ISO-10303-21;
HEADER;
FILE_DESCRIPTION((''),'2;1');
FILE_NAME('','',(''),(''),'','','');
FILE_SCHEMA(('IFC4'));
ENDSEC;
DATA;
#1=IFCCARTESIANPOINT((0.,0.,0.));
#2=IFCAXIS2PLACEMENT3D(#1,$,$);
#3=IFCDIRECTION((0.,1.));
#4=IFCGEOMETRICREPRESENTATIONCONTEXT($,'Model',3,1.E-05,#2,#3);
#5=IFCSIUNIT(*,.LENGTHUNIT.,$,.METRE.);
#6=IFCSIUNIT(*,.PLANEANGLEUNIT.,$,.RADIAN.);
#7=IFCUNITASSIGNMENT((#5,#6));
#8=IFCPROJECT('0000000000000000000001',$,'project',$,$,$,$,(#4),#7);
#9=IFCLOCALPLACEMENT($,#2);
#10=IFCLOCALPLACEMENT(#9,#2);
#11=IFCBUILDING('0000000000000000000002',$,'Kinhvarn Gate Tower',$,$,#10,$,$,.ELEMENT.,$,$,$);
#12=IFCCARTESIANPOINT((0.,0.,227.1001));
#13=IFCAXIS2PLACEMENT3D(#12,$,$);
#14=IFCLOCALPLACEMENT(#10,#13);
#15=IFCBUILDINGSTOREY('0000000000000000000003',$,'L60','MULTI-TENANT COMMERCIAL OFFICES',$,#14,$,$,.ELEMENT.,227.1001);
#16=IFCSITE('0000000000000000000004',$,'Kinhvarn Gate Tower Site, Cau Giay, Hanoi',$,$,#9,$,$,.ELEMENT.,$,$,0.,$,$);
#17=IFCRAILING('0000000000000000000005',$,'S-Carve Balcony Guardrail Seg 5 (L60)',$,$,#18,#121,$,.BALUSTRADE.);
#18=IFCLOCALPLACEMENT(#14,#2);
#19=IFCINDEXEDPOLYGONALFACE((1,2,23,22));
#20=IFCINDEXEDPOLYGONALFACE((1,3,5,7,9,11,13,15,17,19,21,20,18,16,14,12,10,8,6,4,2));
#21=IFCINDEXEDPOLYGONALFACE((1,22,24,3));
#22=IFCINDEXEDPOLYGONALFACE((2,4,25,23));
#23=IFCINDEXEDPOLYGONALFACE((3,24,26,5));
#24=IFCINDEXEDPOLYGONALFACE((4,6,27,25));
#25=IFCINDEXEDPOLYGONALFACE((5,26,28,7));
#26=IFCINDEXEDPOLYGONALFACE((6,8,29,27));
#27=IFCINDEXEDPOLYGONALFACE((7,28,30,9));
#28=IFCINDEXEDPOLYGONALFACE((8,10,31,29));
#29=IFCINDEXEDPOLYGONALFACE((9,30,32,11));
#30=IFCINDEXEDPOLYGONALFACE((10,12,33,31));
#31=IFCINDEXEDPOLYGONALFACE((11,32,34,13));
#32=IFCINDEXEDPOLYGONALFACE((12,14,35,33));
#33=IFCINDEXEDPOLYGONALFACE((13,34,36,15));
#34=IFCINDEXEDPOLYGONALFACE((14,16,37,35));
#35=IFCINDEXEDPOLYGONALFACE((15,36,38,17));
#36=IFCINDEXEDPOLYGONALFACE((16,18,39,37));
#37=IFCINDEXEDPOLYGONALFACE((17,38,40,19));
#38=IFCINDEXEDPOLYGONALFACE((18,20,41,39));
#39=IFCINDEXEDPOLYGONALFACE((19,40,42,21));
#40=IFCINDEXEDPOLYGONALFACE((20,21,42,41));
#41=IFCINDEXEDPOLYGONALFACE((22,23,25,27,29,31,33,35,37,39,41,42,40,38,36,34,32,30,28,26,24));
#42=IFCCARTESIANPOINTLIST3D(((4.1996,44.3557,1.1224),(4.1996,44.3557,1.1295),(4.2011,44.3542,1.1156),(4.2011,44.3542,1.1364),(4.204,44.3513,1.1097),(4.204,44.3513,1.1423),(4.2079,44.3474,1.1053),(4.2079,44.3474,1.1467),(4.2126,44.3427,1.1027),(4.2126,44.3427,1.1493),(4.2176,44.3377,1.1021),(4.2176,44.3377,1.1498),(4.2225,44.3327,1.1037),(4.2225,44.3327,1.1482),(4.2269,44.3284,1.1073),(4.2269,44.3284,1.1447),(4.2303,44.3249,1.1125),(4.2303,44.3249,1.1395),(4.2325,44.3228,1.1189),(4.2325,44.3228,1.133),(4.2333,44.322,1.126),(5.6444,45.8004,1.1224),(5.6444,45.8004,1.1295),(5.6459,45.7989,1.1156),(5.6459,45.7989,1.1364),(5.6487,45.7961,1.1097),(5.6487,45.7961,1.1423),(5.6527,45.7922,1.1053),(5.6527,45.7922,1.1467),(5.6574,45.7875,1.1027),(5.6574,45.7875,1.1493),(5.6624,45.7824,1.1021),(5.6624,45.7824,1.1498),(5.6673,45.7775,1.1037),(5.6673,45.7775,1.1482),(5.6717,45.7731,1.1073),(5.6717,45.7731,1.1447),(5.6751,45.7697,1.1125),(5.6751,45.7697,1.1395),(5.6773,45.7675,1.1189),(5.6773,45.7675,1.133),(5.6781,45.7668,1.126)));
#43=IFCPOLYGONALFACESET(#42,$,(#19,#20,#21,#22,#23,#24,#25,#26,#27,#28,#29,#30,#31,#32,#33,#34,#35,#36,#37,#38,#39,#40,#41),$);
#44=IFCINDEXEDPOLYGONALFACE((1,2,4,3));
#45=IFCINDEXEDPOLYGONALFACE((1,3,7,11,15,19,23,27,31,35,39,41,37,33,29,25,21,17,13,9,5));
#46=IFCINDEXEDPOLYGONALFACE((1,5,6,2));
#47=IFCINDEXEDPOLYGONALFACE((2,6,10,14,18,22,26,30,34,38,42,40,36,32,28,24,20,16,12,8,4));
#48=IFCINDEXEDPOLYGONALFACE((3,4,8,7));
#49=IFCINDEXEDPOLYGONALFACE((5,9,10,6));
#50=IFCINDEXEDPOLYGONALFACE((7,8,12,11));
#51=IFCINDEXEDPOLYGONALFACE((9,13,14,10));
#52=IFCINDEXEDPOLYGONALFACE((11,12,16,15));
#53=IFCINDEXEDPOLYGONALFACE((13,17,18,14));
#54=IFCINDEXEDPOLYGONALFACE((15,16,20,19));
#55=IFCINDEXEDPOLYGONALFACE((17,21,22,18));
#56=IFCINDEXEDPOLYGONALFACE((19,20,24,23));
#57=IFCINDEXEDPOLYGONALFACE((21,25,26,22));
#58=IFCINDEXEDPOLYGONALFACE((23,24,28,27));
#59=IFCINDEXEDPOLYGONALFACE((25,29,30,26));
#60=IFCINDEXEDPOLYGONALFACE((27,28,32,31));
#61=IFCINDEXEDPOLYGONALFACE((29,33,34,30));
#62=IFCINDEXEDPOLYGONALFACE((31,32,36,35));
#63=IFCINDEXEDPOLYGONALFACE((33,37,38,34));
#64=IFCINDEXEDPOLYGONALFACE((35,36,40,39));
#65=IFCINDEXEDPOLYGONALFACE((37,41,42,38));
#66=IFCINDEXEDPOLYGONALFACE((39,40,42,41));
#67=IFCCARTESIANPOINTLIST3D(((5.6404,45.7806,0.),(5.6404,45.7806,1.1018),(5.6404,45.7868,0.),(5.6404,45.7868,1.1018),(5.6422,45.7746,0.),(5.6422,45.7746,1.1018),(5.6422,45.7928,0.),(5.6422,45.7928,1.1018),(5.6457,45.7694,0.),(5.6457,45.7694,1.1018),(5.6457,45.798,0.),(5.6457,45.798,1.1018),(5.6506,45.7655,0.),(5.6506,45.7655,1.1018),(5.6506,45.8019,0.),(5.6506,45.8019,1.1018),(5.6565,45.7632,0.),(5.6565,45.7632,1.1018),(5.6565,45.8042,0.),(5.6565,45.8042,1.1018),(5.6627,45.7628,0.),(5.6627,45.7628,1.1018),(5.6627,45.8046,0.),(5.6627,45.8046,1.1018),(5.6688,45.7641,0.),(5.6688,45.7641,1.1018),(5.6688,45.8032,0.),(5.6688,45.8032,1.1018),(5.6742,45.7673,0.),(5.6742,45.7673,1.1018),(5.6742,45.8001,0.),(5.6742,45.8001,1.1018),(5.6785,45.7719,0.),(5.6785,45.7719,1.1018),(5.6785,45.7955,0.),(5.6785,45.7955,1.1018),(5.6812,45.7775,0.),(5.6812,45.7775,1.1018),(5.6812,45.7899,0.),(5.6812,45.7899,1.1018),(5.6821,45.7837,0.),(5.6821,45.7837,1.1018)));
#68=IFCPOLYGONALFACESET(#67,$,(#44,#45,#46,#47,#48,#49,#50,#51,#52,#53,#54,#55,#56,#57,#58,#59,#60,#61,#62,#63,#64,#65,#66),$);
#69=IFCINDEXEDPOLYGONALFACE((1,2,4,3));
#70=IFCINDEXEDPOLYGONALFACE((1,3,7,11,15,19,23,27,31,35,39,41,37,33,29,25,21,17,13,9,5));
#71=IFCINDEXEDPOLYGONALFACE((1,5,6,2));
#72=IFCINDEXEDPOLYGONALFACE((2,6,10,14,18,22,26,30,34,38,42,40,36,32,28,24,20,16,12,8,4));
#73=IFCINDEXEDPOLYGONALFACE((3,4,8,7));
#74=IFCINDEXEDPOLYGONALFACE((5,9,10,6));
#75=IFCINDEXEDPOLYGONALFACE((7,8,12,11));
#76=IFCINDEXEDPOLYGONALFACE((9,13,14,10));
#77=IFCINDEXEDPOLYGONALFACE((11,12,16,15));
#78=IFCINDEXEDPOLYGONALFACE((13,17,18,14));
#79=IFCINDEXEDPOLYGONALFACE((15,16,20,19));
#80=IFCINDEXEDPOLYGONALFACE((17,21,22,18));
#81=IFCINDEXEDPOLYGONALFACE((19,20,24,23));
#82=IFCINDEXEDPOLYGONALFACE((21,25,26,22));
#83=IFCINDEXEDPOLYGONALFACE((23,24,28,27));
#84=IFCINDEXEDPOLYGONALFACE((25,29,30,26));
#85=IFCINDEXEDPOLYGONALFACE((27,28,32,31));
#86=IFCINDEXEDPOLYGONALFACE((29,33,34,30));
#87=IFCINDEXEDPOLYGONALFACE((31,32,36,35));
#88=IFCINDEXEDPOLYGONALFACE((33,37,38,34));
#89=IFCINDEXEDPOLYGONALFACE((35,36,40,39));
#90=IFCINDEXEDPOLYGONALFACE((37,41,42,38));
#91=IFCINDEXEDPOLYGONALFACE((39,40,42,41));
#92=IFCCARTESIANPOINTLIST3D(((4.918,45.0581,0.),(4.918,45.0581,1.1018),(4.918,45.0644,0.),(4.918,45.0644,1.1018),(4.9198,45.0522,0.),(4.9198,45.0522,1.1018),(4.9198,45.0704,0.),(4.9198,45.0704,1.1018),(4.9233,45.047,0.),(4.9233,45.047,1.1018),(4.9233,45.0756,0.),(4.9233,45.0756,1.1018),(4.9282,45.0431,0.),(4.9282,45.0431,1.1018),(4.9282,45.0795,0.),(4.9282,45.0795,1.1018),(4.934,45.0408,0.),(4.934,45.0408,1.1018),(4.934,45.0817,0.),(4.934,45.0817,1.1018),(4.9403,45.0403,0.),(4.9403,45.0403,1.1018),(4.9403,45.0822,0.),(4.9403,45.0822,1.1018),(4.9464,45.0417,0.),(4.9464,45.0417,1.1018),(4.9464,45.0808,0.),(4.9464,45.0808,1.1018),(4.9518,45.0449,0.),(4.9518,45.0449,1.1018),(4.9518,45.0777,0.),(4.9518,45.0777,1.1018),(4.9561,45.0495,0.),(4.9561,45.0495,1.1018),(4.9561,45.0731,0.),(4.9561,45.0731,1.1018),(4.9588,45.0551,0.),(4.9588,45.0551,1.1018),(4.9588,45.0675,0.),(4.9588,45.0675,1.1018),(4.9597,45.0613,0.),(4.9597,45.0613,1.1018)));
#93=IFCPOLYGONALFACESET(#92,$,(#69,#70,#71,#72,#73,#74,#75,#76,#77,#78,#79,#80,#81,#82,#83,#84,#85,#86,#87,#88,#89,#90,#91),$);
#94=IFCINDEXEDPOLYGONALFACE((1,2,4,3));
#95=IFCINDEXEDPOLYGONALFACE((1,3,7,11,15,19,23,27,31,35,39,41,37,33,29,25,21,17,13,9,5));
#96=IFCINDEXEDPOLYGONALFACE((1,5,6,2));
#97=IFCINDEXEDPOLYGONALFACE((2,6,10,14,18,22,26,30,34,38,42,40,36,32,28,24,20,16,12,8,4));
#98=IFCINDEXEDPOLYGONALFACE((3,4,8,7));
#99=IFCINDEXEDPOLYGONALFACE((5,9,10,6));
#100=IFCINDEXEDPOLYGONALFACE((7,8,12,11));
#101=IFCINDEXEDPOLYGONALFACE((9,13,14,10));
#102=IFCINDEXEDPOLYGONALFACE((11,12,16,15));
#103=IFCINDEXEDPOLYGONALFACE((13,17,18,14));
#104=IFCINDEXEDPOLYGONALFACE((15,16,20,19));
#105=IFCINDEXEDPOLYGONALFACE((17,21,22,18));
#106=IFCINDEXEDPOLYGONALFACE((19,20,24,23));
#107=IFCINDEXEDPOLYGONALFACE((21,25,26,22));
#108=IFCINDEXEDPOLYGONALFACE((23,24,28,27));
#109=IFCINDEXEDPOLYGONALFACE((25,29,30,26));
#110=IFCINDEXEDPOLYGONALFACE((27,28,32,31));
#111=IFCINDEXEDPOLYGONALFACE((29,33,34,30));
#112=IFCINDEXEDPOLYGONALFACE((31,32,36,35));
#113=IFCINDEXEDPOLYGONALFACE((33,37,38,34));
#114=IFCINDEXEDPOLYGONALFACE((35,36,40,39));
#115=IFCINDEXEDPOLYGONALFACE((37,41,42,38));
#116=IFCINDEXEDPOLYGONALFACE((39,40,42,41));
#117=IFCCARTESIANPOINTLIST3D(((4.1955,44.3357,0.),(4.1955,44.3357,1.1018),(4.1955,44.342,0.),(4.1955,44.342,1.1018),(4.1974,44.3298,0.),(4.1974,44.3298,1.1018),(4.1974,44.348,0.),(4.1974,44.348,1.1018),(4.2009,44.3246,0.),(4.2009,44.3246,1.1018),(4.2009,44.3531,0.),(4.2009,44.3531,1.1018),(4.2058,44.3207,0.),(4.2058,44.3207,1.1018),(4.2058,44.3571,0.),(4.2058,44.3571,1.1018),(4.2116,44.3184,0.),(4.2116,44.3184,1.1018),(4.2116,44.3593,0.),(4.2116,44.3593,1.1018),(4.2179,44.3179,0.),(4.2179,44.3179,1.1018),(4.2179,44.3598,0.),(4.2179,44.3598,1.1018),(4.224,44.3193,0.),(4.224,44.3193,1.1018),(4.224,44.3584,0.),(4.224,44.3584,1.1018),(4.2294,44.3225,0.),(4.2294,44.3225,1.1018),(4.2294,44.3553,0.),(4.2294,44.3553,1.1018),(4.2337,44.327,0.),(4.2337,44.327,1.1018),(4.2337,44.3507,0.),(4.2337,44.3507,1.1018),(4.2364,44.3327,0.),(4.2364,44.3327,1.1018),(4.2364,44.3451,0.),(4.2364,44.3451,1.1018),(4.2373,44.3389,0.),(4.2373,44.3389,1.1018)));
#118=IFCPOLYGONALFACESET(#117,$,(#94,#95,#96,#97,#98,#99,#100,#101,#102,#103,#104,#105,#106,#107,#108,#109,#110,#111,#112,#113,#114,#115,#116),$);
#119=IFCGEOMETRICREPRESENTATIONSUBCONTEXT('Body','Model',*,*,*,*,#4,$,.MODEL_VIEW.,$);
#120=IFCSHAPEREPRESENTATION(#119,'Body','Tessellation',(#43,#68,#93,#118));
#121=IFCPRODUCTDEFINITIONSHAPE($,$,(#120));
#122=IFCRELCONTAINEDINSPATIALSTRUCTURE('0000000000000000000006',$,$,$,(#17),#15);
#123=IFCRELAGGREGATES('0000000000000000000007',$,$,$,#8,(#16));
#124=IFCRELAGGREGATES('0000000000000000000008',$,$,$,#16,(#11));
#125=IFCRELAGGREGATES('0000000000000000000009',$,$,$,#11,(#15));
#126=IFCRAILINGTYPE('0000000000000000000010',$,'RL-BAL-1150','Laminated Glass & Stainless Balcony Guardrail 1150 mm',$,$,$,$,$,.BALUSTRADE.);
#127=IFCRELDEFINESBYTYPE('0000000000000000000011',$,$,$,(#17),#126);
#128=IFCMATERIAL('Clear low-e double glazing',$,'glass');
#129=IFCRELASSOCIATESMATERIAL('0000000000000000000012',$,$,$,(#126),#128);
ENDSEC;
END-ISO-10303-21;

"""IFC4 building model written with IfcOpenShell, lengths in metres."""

from ifc_helpers import new_model, si_unit, direction, frame, origin, origin_2d, place, context, subcontext, project, spatial, circle, extrude, material, type_object, element, save


model = new_model("IFC4")

# Units and contexts
model_context = context("Model", 3, precision=1e-05, world=origin(), true_north=direction((0.0, 1.0)))
body_context = subcontext(model_context, "Body", "Model", "MODEL_VIEW")
ifc_project = project(units=[si_unit("LENGTHUNIT", "METRE"), si_unit("PLANEANGLEUNIT", "RADIAN")], contexts=[model_context])

# Site, building, storey
site_placement = place(None, origin())
site = spatial("IfcSite", under=ifc_project, at=site_placement, Name="Kinhvarn Gate Tower Site, Cau Giay, Hanoi", CompositionType="ELEMENT", RefElevation=0.0)
building_placement = place(site_placement, origin())
building = spatial("IfcBuilding", under=site, at=building_placement, Name="Kinhvarn Gate Tower", CompositionType="ELEMENT")
storey_placement = place(building_placement, frame((0.0, 0.0, 227.1001)))
storey = spatial("IfcBuildingStorey", under=building, at=storey_placement, Name="L60", Description="MULTI-TENANT COMMERCIAL OFFICES", CompositionType="ELEMENT", Elevation=227.1001)

# Shared definitions
ifc_material_1 = material(Name="Clear low-e double glazing", Category="glass")

# Railing
railing_type = type_object("IfcRailingType", Name="RL-BAL-1150", Description="Laminated Glass & Stainless Balcony Guardrail 1150 mm", PredefinedType="BALUSTRADE", material=ifc_material_1)
railing_1_placement = place(storey_placement, frame((5.6611, 45.7837, 0.0)))
element("IfcRailing", 1, at=railing_1_placement, inside=storey, type_object=railing_type, Name="S-Carve Balcony Guardrail Seg 5 (L60)", PredefinedType="BALUSTRADE", context=body_context, shape_type="SweptSolid", body=[
    extrude(circle(Radius=0.0239, at=origin_2d()), frame((0.0, 0.0, 1.126), z_axis=(-0.707107, -0.707107, 0.0), x_axis=(0.707107, -0.707107, 0.0)), (0.0, 0.0, 1.0), 2.0432),
    extrude(circle(Radius=0.021, at=origin_2d()), origin(), (0.0, 0.0, 1.0), 1.1018),
    extrude(circle(Radius=0.021, at=origin_2d()), frame((-0.7224, -0.7224, 0.0)), (0.0, 0.0, 1.0), 1.1018),
    extrude(circle(Radius=0.021, at=origin_2d()), frame((-1.4448, -1.4448, 0.0)), (0.0, 0.0, 1.0), 1.1018),
])

save(model, "model.ifc")
